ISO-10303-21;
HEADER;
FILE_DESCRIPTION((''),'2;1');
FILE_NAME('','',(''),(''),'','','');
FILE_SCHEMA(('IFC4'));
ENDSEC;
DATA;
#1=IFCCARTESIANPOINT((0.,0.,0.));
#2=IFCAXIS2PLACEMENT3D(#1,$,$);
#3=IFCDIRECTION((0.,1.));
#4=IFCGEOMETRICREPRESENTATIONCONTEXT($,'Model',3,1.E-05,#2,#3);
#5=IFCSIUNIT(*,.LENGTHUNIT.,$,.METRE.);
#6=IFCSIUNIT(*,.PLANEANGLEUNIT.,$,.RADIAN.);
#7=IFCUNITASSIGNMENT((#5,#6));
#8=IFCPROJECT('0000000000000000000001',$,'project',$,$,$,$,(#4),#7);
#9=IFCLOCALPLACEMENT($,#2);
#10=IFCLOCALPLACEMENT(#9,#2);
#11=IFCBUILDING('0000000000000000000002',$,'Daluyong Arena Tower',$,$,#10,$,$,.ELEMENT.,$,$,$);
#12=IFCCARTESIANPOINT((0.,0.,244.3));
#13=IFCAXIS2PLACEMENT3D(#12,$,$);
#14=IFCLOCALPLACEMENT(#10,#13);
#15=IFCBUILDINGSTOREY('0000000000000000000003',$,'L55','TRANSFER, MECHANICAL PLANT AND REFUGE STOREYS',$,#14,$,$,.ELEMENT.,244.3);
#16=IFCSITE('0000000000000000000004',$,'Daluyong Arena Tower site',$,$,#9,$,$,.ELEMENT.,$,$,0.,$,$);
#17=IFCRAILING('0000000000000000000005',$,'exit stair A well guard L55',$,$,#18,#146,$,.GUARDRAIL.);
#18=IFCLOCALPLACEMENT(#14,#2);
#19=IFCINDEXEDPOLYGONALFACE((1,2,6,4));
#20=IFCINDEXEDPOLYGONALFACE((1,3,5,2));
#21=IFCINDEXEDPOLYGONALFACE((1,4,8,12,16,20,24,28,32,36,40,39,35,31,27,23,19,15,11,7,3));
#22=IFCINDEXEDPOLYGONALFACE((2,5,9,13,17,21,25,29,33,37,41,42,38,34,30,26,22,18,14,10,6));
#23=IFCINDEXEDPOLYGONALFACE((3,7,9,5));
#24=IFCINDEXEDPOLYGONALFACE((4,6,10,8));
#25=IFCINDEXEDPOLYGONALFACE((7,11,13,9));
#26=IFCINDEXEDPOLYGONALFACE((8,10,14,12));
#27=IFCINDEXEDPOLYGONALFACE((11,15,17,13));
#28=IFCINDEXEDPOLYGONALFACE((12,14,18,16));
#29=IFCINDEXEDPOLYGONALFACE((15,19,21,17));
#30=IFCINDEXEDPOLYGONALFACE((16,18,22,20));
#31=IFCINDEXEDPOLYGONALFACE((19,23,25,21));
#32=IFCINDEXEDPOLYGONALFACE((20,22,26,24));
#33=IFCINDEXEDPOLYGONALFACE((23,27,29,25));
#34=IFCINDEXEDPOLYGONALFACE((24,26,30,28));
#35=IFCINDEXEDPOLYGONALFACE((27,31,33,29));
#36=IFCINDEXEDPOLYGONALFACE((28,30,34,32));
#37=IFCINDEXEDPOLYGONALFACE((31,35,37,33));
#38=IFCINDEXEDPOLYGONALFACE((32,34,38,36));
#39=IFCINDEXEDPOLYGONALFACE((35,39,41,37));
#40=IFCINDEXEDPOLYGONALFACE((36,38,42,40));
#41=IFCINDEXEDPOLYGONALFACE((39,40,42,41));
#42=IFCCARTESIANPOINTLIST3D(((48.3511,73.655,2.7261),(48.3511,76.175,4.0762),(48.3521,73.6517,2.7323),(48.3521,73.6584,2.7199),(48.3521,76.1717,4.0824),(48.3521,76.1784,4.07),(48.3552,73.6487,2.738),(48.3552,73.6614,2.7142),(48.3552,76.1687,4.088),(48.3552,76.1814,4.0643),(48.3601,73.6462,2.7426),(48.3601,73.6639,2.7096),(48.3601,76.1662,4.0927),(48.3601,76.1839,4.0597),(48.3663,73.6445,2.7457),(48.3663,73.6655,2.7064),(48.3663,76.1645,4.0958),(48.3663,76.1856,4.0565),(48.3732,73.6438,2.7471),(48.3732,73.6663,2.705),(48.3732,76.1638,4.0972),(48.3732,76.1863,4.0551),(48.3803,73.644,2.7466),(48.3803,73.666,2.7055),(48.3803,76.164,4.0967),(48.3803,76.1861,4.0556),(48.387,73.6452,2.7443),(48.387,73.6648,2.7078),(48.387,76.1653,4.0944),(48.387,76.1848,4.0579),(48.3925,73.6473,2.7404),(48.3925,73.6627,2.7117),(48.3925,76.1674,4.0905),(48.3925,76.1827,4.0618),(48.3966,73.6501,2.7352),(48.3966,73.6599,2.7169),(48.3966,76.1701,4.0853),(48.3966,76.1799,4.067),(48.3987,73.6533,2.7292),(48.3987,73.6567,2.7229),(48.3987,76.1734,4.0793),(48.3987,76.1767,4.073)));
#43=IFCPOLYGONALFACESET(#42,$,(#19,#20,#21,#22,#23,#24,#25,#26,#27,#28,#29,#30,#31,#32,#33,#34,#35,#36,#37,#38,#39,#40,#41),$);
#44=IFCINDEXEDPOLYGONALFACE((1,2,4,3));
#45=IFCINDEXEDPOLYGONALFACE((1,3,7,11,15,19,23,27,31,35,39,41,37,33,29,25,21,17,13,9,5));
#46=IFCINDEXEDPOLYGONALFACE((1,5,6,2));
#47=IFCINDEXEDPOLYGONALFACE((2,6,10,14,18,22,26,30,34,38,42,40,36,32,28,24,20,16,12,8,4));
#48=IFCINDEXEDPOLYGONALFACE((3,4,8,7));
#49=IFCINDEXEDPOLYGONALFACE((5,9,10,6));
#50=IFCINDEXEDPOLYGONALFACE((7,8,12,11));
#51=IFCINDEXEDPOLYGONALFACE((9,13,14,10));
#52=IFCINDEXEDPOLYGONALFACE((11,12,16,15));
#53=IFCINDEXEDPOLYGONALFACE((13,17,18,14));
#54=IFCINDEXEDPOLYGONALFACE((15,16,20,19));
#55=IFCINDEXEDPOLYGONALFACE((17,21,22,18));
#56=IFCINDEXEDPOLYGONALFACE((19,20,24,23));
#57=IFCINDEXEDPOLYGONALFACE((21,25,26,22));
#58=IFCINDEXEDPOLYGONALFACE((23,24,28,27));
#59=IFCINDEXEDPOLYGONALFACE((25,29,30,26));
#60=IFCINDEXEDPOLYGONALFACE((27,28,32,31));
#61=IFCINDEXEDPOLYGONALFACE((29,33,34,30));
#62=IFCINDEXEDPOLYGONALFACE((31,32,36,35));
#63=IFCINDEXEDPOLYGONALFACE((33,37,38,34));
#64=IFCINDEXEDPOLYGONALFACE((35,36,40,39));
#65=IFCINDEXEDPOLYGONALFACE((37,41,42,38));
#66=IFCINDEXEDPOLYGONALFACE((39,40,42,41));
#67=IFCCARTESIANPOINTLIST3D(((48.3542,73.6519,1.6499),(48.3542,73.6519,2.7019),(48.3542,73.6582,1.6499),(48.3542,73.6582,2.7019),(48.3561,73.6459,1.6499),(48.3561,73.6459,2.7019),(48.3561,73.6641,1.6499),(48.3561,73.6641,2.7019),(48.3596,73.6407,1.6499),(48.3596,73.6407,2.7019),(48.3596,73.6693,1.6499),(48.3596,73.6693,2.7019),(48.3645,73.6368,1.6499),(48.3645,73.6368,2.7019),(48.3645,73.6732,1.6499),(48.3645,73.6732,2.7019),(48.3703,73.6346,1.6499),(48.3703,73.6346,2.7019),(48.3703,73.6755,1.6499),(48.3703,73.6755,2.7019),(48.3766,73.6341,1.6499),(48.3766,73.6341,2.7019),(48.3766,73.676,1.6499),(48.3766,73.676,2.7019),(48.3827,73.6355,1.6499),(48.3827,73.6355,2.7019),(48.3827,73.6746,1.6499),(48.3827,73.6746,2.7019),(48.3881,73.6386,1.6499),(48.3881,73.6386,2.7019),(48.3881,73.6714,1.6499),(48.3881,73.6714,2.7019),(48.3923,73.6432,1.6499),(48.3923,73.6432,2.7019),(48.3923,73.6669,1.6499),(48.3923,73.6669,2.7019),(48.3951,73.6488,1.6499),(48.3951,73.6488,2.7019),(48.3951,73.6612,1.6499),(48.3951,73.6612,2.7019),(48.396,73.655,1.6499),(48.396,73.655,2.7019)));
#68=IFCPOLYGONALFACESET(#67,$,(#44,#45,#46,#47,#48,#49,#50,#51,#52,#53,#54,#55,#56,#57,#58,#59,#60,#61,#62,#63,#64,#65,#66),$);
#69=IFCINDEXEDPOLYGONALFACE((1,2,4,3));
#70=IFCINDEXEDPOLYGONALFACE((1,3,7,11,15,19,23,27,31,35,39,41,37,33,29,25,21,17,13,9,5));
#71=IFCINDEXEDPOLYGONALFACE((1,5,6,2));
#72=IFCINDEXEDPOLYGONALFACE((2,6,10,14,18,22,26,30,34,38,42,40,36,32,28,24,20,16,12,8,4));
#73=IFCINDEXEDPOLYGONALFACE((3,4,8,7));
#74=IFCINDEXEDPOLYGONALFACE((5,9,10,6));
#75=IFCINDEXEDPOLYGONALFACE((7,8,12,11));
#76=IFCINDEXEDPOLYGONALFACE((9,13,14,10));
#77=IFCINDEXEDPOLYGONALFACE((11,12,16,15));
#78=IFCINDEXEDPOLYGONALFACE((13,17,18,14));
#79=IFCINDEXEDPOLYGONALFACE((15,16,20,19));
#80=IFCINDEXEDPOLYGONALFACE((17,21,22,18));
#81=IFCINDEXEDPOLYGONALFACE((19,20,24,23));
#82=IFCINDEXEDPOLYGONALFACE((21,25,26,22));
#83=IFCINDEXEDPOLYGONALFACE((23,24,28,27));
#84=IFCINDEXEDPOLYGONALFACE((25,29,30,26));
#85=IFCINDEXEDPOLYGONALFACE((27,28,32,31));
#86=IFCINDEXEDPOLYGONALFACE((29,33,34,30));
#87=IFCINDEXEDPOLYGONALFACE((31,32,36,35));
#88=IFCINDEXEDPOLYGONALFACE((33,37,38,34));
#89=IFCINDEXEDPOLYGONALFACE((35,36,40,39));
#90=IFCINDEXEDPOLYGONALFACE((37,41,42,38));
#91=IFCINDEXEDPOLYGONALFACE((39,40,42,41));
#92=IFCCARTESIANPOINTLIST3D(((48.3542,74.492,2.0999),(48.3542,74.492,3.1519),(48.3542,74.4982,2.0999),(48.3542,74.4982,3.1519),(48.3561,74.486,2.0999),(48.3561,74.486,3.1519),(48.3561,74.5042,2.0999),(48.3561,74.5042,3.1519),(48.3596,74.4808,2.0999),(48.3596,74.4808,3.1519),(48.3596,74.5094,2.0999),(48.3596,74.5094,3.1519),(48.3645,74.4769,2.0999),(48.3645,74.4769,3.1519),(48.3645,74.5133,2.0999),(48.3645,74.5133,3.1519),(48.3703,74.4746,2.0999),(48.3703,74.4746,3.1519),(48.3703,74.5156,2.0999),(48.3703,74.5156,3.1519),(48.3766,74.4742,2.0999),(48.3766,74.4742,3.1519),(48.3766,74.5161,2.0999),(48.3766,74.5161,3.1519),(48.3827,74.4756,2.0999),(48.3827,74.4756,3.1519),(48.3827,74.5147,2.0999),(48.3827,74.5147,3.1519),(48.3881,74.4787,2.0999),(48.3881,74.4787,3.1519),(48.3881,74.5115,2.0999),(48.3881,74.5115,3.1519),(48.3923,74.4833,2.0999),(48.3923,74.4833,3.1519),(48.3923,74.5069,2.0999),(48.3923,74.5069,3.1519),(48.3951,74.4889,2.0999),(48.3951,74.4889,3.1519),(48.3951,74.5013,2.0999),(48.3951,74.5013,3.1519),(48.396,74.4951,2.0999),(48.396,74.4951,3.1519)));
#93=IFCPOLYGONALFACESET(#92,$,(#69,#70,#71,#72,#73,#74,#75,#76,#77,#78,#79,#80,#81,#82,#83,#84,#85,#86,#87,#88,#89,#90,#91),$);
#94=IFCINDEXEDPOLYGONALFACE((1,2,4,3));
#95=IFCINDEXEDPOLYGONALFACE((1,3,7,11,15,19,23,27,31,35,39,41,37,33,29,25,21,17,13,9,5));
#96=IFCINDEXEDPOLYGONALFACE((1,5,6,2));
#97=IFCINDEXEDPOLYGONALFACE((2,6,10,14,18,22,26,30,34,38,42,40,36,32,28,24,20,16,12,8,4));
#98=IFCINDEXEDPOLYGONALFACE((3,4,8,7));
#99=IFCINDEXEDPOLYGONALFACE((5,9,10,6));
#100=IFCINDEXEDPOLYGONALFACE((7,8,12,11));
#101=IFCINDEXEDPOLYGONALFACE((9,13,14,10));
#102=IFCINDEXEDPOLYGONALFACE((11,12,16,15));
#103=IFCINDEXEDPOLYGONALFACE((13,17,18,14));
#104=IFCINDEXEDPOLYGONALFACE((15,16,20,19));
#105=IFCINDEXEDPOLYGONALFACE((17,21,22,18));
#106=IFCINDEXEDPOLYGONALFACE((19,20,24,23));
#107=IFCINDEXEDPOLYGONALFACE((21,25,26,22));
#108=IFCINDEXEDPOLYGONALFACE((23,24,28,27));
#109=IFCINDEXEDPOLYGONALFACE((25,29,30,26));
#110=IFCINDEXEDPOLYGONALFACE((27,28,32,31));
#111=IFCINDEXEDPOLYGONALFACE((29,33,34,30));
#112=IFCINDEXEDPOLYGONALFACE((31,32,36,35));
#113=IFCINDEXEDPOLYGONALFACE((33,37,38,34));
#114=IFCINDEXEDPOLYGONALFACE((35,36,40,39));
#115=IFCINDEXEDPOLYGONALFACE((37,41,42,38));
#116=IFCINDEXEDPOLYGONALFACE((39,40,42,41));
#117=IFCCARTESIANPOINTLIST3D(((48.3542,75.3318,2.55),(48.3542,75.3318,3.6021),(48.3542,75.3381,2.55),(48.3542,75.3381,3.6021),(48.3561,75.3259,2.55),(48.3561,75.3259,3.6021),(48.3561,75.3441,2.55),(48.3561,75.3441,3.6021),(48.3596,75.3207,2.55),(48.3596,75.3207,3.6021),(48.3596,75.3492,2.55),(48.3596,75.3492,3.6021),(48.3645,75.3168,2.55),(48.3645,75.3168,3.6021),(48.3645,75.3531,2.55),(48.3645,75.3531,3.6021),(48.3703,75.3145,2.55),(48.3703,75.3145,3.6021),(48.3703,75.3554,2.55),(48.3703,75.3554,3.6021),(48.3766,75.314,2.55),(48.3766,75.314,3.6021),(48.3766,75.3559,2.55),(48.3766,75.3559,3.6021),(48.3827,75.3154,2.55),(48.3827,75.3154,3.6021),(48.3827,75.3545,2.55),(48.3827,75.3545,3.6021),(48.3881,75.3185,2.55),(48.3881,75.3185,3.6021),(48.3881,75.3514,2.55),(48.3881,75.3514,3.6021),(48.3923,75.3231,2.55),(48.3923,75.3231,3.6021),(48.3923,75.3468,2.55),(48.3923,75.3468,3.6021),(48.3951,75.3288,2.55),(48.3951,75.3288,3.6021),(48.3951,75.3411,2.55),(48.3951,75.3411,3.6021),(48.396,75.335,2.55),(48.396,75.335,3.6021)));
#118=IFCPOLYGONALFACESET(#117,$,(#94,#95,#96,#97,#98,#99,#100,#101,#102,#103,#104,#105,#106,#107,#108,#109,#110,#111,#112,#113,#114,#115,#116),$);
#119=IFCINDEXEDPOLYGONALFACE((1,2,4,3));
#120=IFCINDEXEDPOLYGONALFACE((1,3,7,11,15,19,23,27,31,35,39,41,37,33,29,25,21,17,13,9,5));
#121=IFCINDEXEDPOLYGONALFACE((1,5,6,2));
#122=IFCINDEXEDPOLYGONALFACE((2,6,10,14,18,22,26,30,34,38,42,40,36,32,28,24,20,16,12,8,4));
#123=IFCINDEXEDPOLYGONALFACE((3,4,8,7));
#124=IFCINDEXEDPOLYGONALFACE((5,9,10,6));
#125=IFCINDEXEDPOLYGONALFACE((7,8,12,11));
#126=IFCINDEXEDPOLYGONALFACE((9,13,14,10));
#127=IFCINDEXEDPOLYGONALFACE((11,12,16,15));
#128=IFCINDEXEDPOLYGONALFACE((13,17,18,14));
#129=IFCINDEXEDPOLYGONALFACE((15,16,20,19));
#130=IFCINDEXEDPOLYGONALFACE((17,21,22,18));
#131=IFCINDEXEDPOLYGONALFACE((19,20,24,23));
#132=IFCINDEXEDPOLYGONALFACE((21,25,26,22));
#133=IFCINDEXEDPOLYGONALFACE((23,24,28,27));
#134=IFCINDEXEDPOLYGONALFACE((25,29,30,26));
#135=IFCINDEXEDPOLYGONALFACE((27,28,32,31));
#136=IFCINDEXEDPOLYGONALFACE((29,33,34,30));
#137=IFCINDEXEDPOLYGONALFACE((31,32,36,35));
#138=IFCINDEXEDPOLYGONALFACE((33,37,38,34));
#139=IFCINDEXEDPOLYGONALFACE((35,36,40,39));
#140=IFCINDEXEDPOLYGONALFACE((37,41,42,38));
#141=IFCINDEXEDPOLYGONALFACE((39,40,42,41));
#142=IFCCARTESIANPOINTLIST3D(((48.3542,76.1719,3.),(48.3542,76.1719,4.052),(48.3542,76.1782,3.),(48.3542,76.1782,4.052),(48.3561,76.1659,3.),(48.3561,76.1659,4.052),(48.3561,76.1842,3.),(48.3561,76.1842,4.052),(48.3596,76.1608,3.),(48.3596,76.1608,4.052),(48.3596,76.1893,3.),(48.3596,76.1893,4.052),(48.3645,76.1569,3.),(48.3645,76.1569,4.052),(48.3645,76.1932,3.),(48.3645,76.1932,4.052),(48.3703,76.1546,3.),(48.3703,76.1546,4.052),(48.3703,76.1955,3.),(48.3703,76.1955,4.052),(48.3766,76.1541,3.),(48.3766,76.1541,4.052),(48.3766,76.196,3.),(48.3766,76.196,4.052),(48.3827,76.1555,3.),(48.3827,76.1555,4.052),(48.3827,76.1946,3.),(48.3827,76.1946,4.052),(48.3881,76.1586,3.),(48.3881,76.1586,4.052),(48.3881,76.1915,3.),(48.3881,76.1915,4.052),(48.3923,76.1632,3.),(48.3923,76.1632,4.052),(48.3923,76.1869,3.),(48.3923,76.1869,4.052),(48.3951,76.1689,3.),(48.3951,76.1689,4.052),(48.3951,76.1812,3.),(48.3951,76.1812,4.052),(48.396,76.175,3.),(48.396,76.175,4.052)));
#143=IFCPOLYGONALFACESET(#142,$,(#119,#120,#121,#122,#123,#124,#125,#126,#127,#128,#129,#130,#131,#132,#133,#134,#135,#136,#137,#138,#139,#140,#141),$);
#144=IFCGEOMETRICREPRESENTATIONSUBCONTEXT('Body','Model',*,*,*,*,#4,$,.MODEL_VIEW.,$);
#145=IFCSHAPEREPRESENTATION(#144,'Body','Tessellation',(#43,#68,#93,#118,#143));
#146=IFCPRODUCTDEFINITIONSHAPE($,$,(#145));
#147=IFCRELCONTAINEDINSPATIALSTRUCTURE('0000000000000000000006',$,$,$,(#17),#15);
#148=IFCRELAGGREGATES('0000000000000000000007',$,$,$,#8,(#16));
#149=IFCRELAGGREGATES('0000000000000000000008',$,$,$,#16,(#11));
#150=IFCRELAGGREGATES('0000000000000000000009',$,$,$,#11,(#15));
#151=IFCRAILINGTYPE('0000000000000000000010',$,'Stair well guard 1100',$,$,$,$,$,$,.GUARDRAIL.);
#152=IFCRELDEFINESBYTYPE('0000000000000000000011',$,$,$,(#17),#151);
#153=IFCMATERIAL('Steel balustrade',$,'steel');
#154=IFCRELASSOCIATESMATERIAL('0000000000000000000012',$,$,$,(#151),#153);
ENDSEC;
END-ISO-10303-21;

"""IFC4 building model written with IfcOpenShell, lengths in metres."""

from ifc_helpers import new_model, si_unit, direction, frame, origin, origin_2d, place, context, subcontext, project, spatial, circle, extrude, material, type_object, element, save


model = new_model("IFC4")

# Units and contexts
model_context = context("Model", 3, precision=1e-05, world=origin(), true_north=direction((0.0, 1.0)))
body_context = subcontext(model_context, "Body", "Model", "MODEL_VIEW")
ifc_project = project(units=[si_unit("LENGTHUNIT", "METRE"), si_unit("PLANEANGLEUNIT", "RADIAN")], contexts=[model_context])

# Site, building, storey
site_placement = place(None, origin())
site = spatial("IfcSite", under=ifc_project, at=site_placement, Name="Daluyong Arena Tower site", CompositionType="ELEMENT", RefElevation=0.0)
building_placement = place(site_placement, origin())
building = spatial("IfcBuilding", under=site, at=building_placement, Name="Daluyong Arena Tower", CompositionType="ELEMENT")
storey_placement = place(building_placement, frame((0.0, 0.0, 244.3)))
storey = spatial("IfcBuildingStorey", under=building, at=storey_placement, Name="L55", Description="TRANSFER, MECHANICAL PLANT AND REFUGE STOREYS", CompositionType="ELEMENT", Elevation=244.3)

# Railing
ifc_material_1 = material(Name="Steel balustrade", Category="steel")
railing_type_1 = type_object("IfcRailingType", Name="Stair well guard 1100", PredefinedType="GUARDRAIL", material=ifc_material_1)
railing_1_placement = place(storey_placement, frame((48.375, 73.655, 1.6499)))
element("IfcRailing", 1, at=railing_1_placement, inside=storey, type_object=railing_type_1, Name="exit stair A well guard L55", PredefinedType="GUARDRAIL", context=body_context, shape_type="SweptSolid", body=[
    extrude(circle(Radius=0.0239, at=origin_2d()), frame((0.0, 0.0, 1.0762), z_axis=(0.0, 0.881467, 0.472245), x_axis=(-1.0, 0.0, 0.0)), (0.0, 0.0, 1.0), 2.8589),
    extrude(circle(Radius=0.021, at=origin_2d()), origin(), (0.0, 0.0, 1.0), 1.052),
    extrude(circle(Radius=0.021, at=origin_2d()), frame((0.0, 0.8401, 0.45)), (0.0, 0.0, 1.0), 1.052),
    extrude(circle(Radius=0.021, at=origin_2d()), frame((0.0, 1.6799, 0.9001)), (0.0, 0.0, 1.0), 1.052),
    extrude(circle(Radius=0.021, at=origin_2d()), frame((0.0, 2.52, 1.3501)), (0.0, 0.0, 1.0), 1.052),
])

save(model, "model.ifc")
